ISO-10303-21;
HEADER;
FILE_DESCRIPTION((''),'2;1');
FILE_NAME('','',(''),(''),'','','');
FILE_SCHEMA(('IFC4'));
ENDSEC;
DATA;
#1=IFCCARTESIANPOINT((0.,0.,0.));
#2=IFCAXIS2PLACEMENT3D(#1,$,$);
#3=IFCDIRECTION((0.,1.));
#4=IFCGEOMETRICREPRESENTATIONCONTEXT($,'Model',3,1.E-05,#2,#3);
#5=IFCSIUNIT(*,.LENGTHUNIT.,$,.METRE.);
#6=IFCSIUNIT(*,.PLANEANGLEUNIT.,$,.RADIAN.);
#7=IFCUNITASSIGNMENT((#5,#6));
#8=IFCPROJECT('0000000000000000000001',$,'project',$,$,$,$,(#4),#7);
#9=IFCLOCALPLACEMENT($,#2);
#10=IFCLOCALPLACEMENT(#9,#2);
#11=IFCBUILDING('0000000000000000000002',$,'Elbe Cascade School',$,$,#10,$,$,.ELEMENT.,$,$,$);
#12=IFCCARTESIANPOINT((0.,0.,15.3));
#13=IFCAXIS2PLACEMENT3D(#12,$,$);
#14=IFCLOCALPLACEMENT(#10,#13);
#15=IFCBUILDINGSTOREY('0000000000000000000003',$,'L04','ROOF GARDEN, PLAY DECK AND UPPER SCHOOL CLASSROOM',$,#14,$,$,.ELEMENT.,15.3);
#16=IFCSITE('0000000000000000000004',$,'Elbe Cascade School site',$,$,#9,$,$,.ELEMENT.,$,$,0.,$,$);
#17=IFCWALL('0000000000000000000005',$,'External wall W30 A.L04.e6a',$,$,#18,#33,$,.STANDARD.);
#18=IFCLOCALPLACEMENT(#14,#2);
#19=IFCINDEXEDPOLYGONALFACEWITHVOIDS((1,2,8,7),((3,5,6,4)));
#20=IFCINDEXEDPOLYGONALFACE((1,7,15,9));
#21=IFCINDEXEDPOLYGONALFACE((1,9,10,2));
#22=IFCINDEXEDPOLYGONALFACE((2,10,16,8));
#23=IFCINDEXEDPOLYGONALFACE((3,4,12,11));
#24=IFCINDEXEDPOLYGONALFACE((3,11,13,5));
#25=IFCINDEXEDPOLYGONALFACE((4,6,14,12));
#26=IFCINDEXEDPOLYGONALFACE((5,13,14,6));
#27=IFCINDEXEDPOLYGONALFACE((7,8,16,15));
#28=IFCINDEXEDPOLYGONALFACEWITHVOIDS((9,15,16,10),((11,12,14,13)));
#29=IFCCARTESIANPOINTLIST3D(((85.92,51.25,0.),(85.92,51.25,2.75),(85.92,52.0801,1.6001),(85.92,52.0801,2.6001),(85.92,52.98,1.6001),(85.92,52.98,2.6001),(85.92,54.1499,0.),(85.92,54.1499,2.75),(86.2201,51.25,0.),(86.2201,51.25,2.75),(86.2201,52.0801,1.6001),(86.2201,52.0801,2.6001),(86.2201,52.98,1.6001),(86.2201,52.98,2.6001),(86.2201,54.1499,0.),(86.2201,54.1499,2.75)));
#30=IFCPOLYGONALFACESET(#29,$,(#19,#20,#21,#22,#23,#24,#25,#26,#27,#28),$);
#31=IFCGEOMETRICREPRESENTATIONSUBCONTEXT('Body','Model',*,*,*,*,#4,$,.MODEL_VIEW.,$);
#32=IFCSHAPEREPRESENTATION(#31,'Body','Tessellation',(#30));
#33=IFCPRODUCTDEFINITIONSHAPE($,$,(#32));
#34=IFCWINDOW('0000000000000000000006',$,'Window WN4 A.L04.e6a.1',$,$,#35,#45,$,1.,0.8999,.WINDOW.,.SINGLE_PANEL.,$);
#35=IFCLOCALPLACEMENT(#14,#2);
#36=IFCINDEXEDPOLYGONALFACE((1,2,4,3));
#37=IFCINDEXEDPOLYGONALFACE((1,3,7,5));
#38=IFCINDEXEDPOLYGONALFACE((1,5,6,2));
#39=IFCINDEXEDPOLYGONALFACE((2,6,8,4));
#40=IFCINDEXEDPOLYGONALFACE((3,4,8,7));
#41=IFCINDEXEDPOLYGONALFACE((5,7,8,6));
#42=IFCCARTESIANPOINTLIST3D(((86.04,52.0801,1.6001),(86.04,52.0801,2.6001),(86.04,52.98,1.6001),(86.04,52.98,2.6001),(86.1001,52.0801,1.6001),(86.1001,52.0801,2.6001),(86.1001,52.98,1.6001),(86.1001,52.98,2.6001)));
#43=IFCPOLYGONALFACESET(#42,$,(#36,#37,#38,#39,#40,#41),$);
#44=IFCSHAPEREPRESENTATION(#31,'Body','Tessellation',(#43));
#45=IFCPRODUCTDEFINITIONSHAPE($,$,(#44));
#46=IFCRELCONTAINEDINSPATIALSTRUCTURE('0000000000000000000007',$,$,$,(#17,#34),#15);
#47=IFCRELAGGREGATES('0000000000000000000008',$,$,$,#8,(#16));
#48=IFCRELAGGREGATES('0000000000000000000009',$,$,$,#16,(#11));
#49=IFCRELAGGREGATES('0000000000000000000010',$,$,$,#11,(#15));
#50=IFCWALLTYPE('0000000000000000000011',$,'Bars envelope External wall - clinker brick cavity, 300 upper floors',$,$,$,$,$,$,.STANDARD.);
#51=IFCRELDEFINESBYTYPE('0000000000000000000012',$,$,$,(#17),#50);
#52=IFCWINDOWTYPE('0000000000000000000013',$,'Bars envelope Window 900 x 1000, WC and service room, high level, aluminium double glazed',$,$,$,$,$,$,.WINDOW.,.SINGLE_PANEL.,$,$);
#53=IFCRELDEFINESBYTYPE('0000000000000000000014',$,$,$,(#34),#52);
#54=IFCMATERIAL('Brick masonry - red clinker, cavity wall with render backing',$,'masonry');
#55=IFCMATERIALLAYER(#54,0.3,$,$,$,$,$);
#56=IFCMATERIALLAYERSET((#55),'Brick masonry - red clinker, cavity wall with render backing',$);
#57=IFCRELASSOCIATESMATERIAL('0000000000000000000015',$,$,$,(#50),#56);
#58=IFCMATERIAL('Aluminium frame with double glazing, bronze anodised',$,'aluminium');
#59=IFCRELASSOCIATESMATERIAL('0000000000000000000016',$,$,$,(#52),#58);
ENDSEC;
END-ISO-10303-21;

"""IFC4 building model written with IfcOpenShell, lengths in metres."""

from ifc_helpers import new_model, si_unit, direction, frame, frame_2d, origin, place, context, subcontext, project, spatial, rectangle, extrude, material, layer, layer_set, type_object, element, fill, save


model = new_model("IFC4")

# Units and contexts
model_context = context("Model", 3, precision=1e-05, world=origin(), true_north=direction((0.0, 1.0)))
body_context = subcontext(model_context, "Body", "Model", "MODEL_VIEW")
ifc_project = project(units=[si_unit("LENGTHUNIT", "METRE"), si_unit("PLANEANGLEUNIT", "RADIAN")], contexts=[model_context])

# Site, building, storey
site_placement = place(None, origin())
site = spatial("IfcSite", under=ifc_project, at=site_placement, Name="Elbe Cascade School site", CompositionType="ELEMENT", RefElevation=0.0)
building_placement = place(site_placement, origin())
building = spatial("IfcBuilding", under=site, at=building_placement, Name="Elbe Cascade School", CompositionType="ELEMENT")
storey_placement = place(building_placement, frame((0.0, 0.0, 15.3)))
storey = spatial("IfcBuildingStorey", under=building, at=storey_placement, Name="L04", Description="ROOF GARDEN, PLAY DECK AND UPPER SCHOOL CLASSROOM", CompositionType="ELEMENT", Elevation=15.3)

# Shared definitions
ifc_material_1 = material(Name="Brick masonry - red clinker, cavity wall with render backing", Category="masonry")
ifc_layer_1 = layer(ifc_material_1, 0.3)
ifc_layer_set_1 = layer_set([ifc_layer_1], Name="Brick masonry - red clinker, cavity wall with render backing")
wall_type_1 = type_object("IfcWallType", Name="Bars envelope External wall - clinker brick cavity, 300 upper floors", PredefinedType="STANDARD", material=ifc_layer_set_1)

# Wall, opening, window
wall_1_placement = place(storey_placement, frame((86.0701, 54.1499, 0.0), z_axis=(0.0, 0.0, 1.0), x_axis=(0.0, -1.0, 0.0)))
wall_1 = element("IfcWall", 1, at=wall_1_placement, inside=storey, type_object=wall_type_1, Name="External wall W30 A.L04.e6a", PredefinedType="STANDARD", context=body_context, shape_type="SweptSolid", body=[
    extrude(rectangle(XDim=2.8999, YDim=0.3, at=frame_2d((1.45, 0.0))), origin(), (0.0, 0.0, 1.0), 2.75),
])
opening_1_placement = place(wall_1_placement, frame((1.1699, 0.0, 1.6001)))
opening_1 = element("IfcOpeningElement", 2, at=opening_1_placement, cuts=wall_1, PredefinedType="OPENING", context=body_context, shape_type="SweptSolid", body=[
    extrude(rectangle(XDim=0.8999, YDim=1.0, at=frame_2d((0.45, 0.5))), frame((0.0, 0.1599, 0.0), z_axis=(0.0, -1.0, 0.0), x_axis=(1.0, 0.0, 0.0)), (0.0, 0.0, 1.0), 0.3201),
])
ifc_material_2 = material(Name="Aluminium frame with double glazing, bronze anodised", Category="aluminium")
window_type_1 = type_object("IfcWindowType", Name="Bars envelope Window 900 x 1000, WC and service room, high level, aluminium double glazed", PartitioningType="SINGLE_PANEL", PredefinedType="WINDOW", material=ifc_material_2)
window_1_placement = place(opening_1_placement, origin())
window_1 = element("IfcWindow", 3, at=window_1_placement, inside=storey, type_object=window_type_1, Name="Window WN4 A.L04.e6a.1", OverallHeight=1.0, OverallWidth=0.8999, PartitioningType="SINGLE_PANEL", PredefinedType="WINDOW", context=body_context, shape_type="SweptSolid", body=[
    extrude(rectangle(XDim=0.8999, YDim=1.0, at=frame_2d((0.45, 0.5))), frame((0.0, 0.03, 0.0), z_axis=(0.0, -1.0, 0.0), x_axis=(1.0, 0.0, 0.0)), (0.0, 0.0, 1.0), 0.0601),
])
fill(opening_1, window_1)

save(model, "model.ifc")
